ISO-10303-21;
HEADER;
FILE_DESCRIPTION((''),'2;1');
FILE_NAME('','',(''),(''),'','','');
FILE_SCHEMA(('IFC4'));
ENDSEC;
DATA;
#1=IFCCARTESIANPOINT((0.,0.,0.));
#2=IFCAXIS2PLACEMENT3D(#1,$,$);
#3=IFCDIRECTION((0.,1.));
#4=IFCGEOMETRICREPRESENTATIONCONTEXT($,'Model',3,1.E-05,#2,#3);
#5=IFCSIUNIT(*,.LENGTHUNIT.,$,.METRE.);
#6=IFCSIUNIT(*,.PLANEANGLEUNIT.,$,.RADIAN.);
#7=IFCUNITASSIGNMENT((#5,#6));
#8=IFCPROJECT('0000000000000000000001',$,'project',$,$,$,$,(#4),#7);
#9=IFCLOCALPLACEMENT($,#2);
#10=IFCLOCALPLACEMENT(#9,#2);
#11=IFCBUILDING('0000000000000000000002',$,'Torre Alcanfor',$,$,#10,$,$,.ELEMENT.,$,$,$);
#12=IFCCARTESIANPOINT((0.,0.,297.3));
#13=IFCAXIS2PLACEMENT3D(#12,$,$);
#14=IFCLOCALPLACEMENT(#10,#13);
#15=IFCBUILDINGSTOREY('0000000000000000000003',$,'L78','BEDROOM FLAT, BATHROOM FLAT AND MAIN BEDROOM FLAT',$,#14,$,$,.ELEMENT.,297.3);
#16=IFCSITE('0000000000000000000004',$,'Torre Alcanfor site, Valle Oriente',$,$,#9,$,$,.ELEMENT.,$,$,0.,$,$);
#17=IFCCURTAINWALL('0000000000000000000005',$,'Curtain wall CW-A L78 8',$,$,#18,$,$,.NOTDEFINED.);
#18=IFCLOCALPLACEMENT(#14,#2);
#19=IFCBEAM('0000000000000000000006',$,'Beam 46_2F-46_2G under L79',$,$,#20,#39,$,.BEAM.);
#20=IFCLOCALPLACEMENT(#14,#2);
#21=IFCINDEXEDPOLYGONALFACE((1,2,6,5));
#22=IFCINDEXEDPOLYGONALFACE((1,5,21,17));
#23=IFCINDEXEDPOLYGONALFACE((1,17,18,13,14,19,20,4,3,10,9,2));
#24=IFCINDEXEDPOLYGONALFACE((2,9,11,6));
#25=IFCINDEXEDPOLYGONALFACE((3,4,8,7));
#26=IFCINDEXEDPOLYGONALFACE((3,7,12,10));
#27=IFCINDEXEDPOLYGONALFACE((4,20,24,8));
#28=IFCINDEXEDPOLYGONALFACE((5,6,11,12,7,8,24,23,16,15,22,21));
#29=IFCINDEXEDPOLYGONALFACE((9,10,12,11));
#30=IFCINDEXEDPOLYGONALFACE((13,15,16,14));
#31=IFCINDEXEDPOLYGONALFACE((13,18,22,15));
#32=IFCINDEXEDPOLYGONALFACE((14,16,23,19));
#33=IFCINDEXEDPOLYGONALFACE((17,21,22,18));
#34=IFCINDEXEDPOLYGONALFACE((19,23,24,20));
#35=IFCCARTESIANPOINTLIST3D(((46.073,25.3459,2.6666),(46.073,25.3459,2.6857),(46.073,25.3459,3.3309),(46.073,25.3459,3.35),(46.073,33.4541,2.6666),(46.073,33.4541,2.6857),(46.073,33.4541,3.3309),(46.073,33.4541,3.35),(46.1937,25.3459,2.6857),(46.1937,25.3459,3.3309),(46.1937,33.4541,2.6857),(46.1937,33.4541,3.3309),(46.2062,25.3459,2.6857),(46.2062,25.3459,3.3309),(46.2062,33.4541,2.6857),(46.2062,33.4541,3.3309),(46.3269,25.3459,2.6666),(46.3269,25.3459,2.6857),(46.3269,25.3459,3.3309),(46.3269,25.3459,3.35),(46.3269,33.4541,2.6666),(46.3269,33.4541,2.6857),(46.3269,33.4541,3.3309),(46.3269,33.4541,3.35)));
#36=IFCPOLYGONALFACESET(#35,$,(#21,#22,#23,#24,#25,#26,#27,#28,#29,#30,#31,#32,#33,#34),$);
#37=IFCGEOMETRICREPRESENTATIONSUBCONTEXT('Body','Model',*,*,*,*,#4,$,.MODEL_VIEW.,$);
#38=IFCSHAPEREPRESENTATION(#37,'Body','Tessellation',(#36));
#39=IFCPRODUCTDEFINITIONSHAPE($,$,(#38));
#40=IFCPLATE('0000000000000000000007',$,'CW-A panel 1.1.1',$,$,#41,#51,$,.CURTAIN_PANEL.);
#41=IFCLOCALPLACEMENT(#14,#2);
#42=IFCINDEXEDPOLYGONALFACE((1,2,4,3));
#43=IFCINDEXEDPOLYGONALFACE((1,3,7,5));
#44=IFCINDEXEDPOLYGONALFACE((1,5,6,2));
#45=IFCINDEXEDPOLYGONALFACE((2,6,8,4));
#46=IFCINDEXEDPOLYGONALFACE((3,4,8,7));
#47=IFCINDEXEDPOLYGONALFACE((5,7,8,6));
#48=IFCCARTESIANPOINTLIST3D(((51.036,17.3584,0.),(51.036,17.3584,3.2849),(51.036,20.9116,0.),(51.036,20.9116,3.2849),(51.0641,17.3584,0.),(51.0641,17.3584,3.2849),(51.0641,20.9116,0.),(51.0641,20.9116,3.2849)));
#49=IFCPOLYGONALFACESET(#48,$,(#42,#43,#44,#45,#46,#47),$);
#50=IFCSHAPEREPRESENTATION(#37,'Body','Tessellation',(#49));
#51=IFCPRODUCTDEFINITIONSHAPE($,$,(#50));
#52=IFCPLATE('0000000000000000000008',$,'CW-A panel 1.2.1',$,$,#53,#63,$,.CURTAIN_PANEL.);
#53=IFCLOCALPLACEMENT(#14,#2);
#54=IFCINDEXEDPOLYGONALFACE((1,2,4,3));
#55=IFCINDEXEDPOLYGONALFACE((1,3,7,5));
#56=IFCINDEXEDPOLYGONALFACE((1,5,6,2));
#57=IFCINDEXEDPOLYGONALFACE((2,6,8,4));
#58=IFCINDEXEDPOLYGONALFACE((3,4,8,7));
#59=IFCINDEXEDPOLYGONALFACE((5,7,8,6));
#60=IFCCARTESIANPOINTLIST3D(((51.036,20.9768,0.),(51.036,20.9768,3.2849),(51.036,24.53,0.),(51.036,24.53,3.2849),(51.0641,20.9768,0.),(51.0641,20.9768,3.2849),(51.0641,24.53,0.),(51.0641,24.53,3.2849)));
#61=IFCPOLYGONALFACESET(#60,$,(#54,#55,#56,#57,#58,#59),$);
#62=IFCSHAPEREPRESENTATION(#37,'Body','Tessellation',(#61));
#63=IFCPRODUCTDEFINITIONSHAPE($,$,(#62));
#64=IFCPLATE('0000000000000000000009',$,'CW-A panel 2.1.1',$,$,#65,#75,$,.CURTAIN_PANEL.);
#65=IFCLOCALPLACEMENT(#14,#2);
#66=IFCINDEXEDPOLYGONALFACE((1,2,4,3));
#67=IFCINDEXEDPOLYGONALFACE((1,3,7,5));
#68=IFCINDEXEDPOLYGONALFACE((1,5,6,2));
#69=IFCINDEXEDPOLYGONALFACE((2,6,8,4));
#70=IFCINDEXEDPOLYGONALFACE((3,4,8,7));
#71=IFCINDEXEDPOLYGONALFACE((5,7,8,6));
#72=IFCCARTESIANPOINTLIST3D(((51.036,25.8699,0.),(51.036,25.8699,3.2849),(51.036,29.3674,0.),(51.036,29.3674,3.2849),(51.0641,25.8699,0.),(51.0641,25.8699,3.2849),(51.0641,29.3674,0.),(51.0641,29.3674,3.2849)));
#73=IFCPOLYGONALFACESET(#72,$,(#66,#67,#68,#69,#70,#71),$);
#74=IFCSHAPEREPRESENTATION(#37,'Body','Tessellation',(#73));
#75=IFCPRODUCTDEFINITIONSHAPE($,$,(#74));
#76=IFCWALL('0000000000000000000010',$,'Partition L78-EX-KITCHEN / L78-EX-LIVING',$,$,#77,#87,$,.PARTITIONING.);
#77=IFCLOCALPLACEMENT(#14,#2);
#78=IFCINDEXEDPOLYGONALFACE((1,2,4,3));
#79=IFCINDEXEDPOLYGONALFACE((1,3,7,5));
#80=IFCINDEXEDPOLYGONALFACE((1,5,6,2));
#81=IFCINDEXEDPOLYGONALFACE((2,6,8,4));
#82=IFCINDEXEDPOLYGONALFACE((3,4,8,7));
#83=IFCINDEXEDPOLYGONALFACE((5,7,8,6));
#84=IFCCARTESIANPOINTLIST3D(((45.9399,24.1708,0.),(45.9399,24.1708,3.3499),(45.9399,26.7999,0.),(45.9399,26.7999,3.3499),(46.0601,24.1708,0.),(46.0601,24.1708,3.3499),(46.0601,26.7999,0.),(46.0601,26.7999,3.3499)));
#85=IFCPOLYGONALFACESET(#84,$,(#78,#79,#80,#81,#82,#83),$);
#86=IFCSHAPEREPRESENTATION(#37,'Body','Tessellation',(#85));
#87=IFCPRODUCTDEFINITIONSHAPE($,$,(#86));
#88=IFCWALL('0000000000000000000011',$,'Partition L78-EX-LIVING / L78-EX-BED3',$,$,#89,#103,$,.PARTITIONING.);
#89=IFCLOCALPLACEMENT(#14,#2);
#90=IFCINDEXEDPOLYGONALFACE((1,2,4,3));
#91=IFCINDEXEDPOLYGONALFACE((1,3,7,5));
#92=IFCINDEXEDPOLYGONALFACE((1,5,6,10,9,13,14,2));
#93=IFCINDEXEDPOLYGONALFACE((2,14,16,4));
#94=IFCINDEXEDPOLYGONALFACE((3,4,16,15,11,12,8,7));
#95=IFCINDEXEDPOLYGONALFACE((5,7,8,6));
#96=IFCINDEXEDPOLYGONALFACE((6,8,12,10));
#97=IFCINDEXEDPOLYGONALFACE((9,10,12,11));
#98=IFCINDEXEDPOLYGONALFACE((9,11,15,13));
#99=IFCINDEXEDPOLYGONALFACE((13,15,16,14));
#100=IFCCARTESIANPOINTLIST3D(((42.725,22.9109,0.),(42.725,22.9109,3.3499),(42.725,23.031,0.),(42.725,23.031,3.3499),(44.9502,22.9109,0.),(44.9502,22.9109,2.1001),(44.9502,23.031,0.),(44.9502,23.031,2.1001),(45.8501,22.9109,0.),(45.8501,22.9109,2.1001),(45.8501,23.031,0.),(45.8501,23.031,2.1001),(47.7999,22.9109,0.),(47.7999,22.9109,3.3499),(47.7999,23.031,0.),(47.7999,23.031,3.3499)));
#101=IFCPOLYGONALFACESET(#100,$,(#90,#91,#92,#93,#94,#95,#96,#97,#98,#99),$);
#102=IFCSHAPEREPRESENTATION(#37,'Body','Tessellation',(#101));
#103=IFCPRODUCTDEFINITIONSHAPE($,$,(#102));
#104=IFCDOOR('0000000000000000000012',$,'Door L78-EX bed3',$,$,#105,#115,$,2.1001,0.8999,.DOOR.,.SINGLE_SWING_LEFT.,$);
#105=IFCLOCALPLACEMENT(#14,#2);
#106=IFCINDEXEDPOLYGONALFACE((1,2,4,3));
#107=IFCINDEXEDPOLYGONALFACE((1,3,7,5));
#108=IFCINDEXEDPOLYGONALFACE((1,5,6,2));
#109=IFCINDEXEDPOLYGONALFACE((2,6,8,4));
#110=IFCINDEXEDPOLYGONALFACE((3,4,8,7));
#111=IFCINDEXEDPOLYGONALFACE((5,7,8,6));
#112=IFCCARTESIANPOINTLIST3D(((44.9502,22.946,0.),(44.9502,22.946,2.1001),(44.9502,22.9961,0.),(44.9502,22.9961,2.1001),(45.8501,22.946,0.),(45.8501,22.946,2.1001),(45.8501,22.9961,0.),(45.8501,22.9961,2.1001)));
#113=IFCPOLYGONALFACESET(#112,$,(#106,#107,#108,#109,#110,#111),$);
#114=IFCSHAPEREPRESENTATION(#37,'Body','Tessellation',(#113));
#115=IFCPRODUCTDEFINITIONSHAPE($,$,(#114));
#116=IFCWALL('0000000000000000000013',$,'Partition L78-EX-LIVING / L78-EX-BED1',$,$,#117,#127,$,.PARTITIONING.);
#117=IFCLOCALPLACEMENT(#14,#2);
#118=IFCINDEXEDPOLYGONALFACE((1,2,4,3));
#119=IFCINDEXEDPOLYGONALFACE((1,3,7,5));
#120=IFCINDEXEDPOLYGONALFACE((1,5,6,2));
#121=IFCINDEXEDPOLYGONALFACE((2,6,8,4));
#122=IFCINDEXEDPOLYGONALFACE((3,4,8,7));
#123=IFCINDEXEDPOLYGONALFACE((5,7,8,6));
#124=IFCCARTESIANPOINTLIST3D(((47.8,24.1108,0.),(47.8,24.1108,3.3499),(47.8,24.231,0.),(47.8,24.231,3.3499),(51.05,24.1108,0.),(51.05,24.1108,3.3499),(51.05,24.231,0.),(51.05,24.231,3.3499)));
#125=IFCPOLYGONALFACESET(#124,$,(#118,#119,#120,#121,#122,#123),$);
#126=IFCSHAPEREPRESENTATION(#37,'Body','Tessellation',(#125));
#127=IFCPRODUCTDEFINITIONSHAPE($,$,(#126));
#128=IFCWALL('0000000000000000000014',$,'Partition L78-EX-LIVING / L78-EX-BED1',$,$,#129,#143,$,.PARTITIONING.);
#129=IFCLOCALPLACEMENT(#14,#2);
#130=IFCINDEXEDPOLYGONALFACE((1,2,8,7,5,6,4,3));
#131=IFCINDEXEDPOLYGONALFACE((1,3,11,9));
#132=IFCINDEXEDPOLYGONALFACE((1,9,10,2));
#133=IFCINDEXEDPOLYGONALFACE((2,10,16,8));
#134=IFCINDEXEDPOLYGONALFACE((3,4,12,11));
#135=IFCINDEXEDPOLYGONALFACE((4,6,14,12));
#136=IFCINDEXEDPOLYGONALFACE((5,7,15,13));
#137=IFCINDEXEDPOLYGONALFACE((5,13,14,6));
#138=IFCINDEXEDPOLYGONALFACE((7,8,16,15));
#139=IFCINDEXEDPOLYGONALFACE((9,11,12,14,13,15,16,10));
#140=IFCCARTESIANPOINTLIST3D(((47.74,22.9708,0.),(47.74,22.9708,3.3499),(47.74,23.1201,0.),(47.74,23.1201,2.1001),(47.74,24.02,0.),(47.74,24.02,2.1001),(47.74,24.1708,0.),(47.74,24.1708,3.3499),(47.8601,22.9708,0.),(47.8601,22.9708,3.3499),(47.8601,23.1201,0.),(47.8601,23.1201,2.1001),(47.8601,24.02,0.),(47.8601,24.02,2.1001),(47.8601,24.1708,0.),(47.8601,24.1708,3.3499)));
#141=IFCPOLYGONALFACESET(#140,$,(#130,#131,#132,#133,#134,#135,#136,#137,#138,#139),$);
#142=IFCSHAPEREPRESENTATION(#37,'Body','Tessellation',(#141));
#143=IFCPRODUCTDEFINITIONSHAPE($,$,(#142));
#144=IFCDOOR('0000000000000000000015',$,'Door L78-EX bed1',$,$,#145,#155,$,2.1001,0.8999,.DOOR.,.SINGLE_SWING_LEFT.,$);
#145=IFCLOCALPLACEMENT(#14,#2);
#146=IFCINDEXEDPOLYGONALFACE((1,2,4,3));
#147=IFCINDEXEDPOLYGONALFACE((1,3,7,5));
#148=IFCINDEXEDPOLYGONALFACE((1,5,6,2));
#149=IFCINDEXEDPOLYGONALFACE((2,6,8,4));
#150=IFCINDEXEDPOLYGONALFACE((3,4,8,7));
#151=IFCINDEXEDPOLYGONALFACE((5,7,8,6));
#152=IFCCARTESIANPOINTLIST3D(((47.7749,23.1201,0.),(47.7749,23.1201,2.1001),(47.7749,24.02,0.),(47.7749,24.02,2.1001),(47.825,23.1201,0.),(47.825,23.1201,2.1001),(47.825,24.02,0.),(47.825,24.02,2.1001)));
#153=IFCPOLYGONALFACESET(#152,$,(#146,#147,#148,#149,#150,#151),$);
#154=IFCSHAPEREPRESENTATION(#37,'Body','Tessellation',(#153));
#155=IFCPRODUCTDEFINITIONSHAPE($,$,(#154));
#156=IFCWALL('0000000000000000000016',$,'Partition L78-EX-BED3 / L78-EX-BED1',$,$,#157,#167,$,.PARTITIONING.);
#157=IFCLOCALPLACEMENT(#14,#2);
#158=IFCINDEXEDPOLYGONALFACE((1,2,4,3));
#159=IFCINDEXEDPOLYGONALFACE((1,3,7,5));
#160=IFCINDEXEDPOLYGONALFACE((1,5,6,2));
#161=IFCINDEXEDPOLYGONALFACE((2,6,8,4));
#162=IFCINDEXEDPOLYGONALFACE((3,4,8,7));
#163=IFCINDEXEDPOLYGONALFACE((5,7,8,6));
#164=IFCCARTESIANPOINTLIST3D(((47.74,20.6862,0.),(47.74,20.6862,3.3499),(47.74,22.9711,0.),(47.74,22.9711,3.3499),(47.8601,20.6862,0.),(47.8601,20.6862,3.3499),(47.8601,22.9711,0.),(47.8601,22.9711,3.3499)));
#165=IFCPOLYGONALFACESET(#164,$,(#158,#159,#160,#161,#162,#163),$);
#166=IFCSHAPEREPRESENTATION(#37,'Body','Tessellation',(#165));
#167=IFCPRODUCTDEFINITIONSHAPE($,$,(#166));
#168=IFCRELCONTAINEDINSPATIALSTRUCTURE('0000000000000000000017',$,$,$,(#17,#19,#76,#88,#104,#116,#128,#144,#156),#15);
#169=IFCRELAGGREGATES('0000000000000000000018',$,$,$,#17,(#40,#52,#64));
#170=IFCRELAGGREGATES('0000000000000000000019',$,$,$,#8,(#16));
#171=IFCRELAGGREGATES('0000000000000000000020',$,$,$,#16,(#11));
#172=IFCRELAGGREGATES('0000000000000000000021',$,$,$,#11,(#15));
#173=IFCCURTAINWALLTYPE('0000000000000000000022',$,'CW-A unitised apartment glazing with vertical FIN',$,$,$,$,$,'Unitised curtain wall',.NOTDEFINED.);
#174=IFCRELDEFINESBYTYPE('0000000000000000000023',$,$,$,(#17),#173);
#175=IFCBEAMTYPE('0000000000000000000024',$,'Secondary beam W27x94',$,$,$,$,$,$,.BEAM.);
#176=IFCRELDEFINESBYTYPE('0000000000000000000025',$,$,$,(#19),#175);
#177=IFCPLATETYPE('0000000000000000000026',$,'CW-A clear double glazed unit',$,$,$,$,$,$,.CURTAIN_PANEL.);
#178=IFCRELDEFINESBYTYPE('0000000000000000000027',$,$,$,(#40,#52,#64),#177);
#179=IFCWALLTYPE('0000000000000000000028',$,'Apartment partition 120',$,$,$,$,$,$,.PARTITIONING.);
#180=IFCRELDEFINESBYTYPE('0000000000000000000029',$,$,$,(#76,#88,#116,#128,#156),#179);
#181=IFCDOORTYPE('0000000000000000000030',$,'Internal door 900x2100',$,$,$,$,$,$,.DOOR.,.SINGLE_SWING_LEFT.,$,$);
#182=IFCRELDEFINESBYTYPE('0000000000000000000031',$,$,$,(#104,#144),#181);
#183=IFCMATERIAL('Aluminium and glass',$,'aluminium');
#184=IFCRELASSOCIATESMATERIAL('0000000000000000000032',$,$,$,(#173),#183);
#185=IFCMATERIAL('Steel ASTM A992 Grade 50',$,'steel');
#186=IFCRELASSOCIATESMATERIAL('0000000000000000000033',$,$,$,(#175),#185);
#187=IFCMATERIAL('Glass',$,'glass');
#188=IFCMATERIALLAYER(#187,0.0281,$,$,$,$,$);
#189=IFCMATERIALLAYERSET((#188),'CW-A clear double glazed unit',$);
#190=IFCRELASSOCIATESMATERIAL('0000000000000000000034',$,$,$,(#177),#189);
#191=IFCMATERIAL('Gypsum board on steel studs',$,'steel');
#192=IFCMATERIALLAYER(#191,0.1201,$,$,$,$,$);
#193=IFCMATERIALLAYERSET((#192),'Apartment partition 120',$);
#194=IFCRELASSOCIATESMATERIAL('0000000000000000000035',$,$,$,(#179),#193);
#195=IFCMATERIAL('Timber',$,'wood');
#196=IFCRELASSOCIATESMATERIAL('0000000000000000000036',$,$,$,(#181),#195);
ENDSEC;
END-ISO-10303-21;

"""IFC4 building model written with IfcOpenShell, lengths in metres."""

from ifc_helpers import new_model, si_unit, direction, frame, frame_2d, origin, origin_2d, place, context, subcontext, project, spatial, rectangle, i_section, extrude, material, layer, layer_set, material_profile, profile_set, type_object, element, fill, aggregate, save


model = new_model("IFC4")

# Units and contexts
model_context = context("Model", 3, precision=1e-05, world=origin(), true_north=direction((0.0, 1.0)))
body_context = subcontext(model_context, "Body", "Model", "MODEL_VIEW")
ifc_project = project(units=[si_unit("LENGTHUNIT", "METRE"), si_unit("PLANEANGLEUNIT", "RADIAN")], contexts=[model_context])

# Site, building, storey
site_placement = place(None, origin())
site = spatial("IfcSite", under=ifc_project, at=site_placement, Name="Torre Alcanfor site, Valle Oriente", CompositionType="ELEMENT", RefElevation=0.0)
building_placement = place(site_placement, origin())
building = spatial("IfcBuilding", under=site, at=building_placement, Name="Torre Alcanfor", CompositionType="ELEMENT")
storey_placement = place(building_placement, frame((0.0, 0.0, 297.3)))
storey = spatial("IfcBuildingStorey", under=building, at=storey_placement, Name="L78", Description="BEDROOM FLAT, BATHROOM FLAT AND MAIN BEDROOM FLAT", CompositionType="ELEMENT", Elevation=297.3)

# Curtain wall
ifc_material_1 = material(Name="Aluminium and glass", Category="aluminium")
curtain_wall_type = type_object("IfcCurtainWallType", Name="CW-A unitised apartment glazing with vertical FIN", ElementType="Unitised curtain wall", PredefinedType="NOTDEFINED", material=ifc_material_1)
curtain_wall_placement = place(storey_placement, origin())
curtain_wall = element("IfcCurtainWall", 1, at=curtain_wall_placement, inside=storey, type_object=curtain_wall_type, Name="Curtain wall CW-A L78 8", PredefinedType="NOTDEFINED")

# Beam
ifc_material_2 = material(Name="Steel ASTM A992 Grade 50", Category="steel")
ifc_material_profile_1 = material_profile(ifc_material_2, i_section(OverallWidth=0.2539, OverallDepth=0.6833, WebThickness=0.0125, FlangeThickness=0.019, at=origin_2d()), Name="W27x94")
ifc_profile_set_1 = profile_set([ifc_material_profile_1], Name="Steel ASTM A992 Grade 50")
beam_type_1 = type_object("IfcBeamType", Name="Secondary beam W27x94", PredefinedType="BEAM", material=ifc_profile_set_1)
beam_1_placement = place(storey_placement, frame((46.2, 25.3459, 3.0083), z_axis=(0.0, 1.0, 0.0), x_axis=(-1.0, 0.0, 0.0)))
element("IfcBeam", 2, at=beam_1_placement, inside=storey, type_object=beam_type_1, Name="Beam 46_2F-46_2G under L79", PredefinedType="BEAM", context=body_context, shape_type="SweptSolid", body=[
    extrude(i_section(OverallWidth=0.2539, OverallDepth=0.6833, WebThickness=0.0125, FlangeThickness=0.019, at=origin_2d()), origin(), (0.0, 0.0, 1.0), 8.1082),
])

# Plates
ifc_material_3 = material(Name="Glass", Category="glass")
ifc_layer_1 = layer(ifc_material_3, 0.0281)
ifc_layer_set_1 = layer_set([ifc_layer_1], Name="CW-A clear double glazed unit")
plate_type = type_object("IfcPlateType", Name="CW-A clear double glazed unit", PredefinedType="CURTAIN_PANEL", material=ifc_layer_set_1)
plate_1_placement = place(storey_placement, frame((51.05, 19.135, 0.0), z_axis=(0.0, 0.0, 1.0), x_axis=(0.0, 1.0, 0.0)))
plate_1 = element("IfcPlate", 3, at=plate_1_placement, type_object=plate_type, Name="CW-A panel 1.1.1", PredefinedType="CURTAIN_PANEL", context=body_context, shape_type="SweptSolid", body=[
    extrude(rectangle(XDim=3.5532, YDim=0.0281, at=origin_2d()), origin(), (0.0, 0.0, 1.0), 3.2849),
])
plate_2_placement = place(storey_placement, frame((51.05, 22.7534, 0.0), z_axis=(0.0, 0.0, 1.0), x_axis=(0.0, 1.0, 0.0)))
plate_2 = element("IfcPlate", 4, at=plate_2_placement, type_object=plate_type, Name="CW-A panel 1.2.1", PredefinedType="CURTAIN_PANEL", context=body_context, shape_type="SweptSolid", body=[
    extrude(rectangle(XDim=3.5532, YDim=0.0281, at=origin_2d()), origin(), (0.0, 0.0, 1.0), 3.2849),
])
plate_3_placement = place(storey_placement, frame((51.05, 27.6187, 0.0), z_axis=(0.0, 0.0, 1.0), x_axis=(0.0, 1.0, 0.0)))
plate_3 = element("IfcPlate", 5, at=plate_3_placement, type_object=plate_type, Name="CW-A panel 2.1.1", PredefinedType="CURTAIN_PANEL", context=body_context, shape_type="SweptSolid", body=[
    extrude(rectangle(XDim=3.4976, YDim=0.0281, at=origin_2d()), origin(), (0.0, 0.0, 1.0), 3.2849),
])
aggregate(curtain_wall, [plate_1, plate_2, plate_3])

# Wall
ifc_material_4 = material(Name="Gypsum board on steel studs", Category="steel")
ifc_layer_2 = layer(ifc_material_4, 0.1201)
ifc_layer_set_2 = layer_set([ifc_layer_2], Name="Apartment partition 120")
wall_type_1 = type_object("IfcWallType", Name="Apartment partition 120", PredefinedType="PARTITIONING", material=ifc_layer_set_2)
wall_1_placement = place(storey_placement, frame((46.0, 24.1709, 0.0), z_axis=(0.0, 0.0, 1.0), x_axis=(0.0, 1.0, 0.0)))
element("IfcWall", 6, at=wall_1_placement, inside=storey, type_object=wall_type_1, Name="Partition L78-EX-KITCHEN / L78-EX-LIVING", PredefinedType="PARTITIONING", context=body_context, shape_type="SweptSolid", body=[
    extrude(rectangle(XDim=2.6292, YDim=0.1201, at=frame_2d((1.3145, 0.0))), origin(), (0.0, 0.0, 1.0), 3.3499),
])

# Wall, opening, door
wall_2_placement = place(storey_placement, frame((47.8, 22.9709, 0.0), z_axis=(0.0, 0.0, 1.0), x_axis=(-1.0, 0.0, 0.0)))
wall_2 = element("IfcWall", 7, at=wall_2_placement, inside=storey, type_object=wall_type_1, Name="Partition L78-EX-LIVING / L78-EX-BED3", PredefinedType="PARTITIONING", context=body_context, shape_type="SweptSolid", body=[
    extrude(rectangle(XDim=5.075, YDim=0.1201, at=frame_2d((2.5376, 0.0))), origin(), (0.0, 0.0, 1.0), 3.3499),
])
opening_1_placement = place(wall_2_placement, frame((1.95, 0.0, 0.0)))
opening_1 = element("IfcOpeningElement", 8, at=opening_1_placement, cuts=wall_2, PredefinedType="OPENING", context=body_context, shape_type="SweptSolid", body=[
    extrude(rectangle(XDim=0.8999, YDim=2.1001, at=frame_2d((0.45, 1.05))), frame((0.0, 0.0701, 0.0), z_axis=(0.0, -1.0, 0.0), x_axis=(1.0, 0.0, 0.0)), (0.0, 0.0, 1.0), 0.1401),
])
ifc_material_5 = material(Name="Timber", Category="wood")
door_type_1 = type_object("IfcDoorType", Name="Internal door 900x2100", OperationType="SINGLE_SWING_LEFT", PredefinedType="DOOR", material=ifc_material_5)
door_1_placement = place(opening_1_placement, origin())
door_1 = element("IfcDoor", 9, at=door_1_placement, inside=storey, type_object=door_type_1, Name="Door L78-EX bed3", OperationType="SINGLE_SWING_LEFT", OverallHeight=2.1001, OverallWidth=0.8999, PredefinedType="DOOR", context=body_context, shape_type="SweptSolid", body=[
    extrude(rectangle(XDim=0.8999, YDim=2.1001, at=frame_2d((0.45, 1.05))), frame((0.0, 0.0249, 0.0), z_axis=(0.0, -1.0, 0.0), x_axis=(1.0, 0.0, 0.0)), (0.0, 0.0, 1.0), 0.05),
])
fill(opening_1, door_1)

# Wall
wall_3_placement = place(storey_placement, frame((51.05, 24.1709, 0.0), z_axis=(0.0, 0.0, 1.0), x_axis=(-1.0, 0.0, 0.0)))
element("IfcWall", 10, at=wall_3_placement, inside=storey, type_object=wall_type_1, Name="Partition L78-EX-LIVING / L78-EX-BED1", PredefinedType="PARTITIONING", context=body_context, shape_type="SweptSolid", body=[
    extrude(rectangle(XDim=3.25, YDim=0.1201, at=frame_2d((1.625, 0.0))), origin(), (0.0, 0.0, 1.0), 3.3499),
])

# Wall, opening, door
wall_4_placement = place(storey_placement, frame((47.8, 24.1709, 0.0), z_axis=(0.0, 0.0, 1.0), x_axis=(0.0, -1.0, 0.0)))
wall_4 = element("IfcWall", 11, at=wall_4_placement, inside=storey, type_object=wall_type_1, Name="Partition L78-EX-LIVING / L78-EX-BED1", PredefinedType="PARTITIONING", context=body_context, shape_type="SweptSolid", body=[
    extrude(rectangle(XDim=1.2, YDim=0.1201, at=frame_2d((0.6001, 0.0))), origin(), (0.0, 0.0, 1.0), 3.3499),
])
opening_2_placement = place(wall_4_placement, frame((0.1509, 0.0, 0.0)))
opening_2 = element("IfcOpeningElement", 12, at=opening_2_placement, cuts=wall_4, PredefinedType="OPENING", context=body_context, shape_type="SweptSolid", body=[
    extrude(rectangle(XDim=0.8999, YDim=2.1001, at=frame_2d((0.45, 1.05))), frame((0.0, 0.0701, 0.0), z_axis=(0.0, -1.0, 0.0), x_axis=(1.0, 0.0, 0.0)), (0.0, 0.0, 1.0), 0.1401),
])
door_2_placement = place(opening_2_placement, origin())
door_2 = element("IfcDoor", 13, at=door_2_placement, inside=storey, type_object=door_type_1, Name="Door L78-EX bed1", OperationType="SINGLE_SWING_LEFT", OverallHeight=2.1001, OverallWidth=0.8999, PredefinedType="DOOR", context=body_context, shape_type="SweptSolid", body=[
    extrude(rectangle(XDim=0.8999, YDim=2.1001, at=frame_2d((0.45, 1.05))), frame((0.0, 0.0249, 0.0), z_axis=(0.0, -1.0, 0.0), x_axis=(1.0, 0.0, 0.0)), (0.0, 0.0, 1.0), 0.05),
])
fill(opening_2, door_2)

# Wall
wall_5_placement = place(storey_placement, frame((47.8, 20.686, 0.0), z_axis=(0.0, 0.0, 1.0), x_axis=(0.0, 1.0, 0.0)))
element("IfcWall", 14, at=wall_5_placement, inside=storey, type_object=wall_type_1, Name="Partition L78-EX-BED3 / L78-EX-BED1", PredefinedType="PARTITIONING", context=body_context, shape_type="SweptSolid", body=[
    extrude(rectangle(XDim=2.2849, YDim=0.1201, at=frame_2d((1.1426, 0.0))), origin(), (0.0, 0.0, 1.0), 3.3499),
])

save(model, "model.ifc")
